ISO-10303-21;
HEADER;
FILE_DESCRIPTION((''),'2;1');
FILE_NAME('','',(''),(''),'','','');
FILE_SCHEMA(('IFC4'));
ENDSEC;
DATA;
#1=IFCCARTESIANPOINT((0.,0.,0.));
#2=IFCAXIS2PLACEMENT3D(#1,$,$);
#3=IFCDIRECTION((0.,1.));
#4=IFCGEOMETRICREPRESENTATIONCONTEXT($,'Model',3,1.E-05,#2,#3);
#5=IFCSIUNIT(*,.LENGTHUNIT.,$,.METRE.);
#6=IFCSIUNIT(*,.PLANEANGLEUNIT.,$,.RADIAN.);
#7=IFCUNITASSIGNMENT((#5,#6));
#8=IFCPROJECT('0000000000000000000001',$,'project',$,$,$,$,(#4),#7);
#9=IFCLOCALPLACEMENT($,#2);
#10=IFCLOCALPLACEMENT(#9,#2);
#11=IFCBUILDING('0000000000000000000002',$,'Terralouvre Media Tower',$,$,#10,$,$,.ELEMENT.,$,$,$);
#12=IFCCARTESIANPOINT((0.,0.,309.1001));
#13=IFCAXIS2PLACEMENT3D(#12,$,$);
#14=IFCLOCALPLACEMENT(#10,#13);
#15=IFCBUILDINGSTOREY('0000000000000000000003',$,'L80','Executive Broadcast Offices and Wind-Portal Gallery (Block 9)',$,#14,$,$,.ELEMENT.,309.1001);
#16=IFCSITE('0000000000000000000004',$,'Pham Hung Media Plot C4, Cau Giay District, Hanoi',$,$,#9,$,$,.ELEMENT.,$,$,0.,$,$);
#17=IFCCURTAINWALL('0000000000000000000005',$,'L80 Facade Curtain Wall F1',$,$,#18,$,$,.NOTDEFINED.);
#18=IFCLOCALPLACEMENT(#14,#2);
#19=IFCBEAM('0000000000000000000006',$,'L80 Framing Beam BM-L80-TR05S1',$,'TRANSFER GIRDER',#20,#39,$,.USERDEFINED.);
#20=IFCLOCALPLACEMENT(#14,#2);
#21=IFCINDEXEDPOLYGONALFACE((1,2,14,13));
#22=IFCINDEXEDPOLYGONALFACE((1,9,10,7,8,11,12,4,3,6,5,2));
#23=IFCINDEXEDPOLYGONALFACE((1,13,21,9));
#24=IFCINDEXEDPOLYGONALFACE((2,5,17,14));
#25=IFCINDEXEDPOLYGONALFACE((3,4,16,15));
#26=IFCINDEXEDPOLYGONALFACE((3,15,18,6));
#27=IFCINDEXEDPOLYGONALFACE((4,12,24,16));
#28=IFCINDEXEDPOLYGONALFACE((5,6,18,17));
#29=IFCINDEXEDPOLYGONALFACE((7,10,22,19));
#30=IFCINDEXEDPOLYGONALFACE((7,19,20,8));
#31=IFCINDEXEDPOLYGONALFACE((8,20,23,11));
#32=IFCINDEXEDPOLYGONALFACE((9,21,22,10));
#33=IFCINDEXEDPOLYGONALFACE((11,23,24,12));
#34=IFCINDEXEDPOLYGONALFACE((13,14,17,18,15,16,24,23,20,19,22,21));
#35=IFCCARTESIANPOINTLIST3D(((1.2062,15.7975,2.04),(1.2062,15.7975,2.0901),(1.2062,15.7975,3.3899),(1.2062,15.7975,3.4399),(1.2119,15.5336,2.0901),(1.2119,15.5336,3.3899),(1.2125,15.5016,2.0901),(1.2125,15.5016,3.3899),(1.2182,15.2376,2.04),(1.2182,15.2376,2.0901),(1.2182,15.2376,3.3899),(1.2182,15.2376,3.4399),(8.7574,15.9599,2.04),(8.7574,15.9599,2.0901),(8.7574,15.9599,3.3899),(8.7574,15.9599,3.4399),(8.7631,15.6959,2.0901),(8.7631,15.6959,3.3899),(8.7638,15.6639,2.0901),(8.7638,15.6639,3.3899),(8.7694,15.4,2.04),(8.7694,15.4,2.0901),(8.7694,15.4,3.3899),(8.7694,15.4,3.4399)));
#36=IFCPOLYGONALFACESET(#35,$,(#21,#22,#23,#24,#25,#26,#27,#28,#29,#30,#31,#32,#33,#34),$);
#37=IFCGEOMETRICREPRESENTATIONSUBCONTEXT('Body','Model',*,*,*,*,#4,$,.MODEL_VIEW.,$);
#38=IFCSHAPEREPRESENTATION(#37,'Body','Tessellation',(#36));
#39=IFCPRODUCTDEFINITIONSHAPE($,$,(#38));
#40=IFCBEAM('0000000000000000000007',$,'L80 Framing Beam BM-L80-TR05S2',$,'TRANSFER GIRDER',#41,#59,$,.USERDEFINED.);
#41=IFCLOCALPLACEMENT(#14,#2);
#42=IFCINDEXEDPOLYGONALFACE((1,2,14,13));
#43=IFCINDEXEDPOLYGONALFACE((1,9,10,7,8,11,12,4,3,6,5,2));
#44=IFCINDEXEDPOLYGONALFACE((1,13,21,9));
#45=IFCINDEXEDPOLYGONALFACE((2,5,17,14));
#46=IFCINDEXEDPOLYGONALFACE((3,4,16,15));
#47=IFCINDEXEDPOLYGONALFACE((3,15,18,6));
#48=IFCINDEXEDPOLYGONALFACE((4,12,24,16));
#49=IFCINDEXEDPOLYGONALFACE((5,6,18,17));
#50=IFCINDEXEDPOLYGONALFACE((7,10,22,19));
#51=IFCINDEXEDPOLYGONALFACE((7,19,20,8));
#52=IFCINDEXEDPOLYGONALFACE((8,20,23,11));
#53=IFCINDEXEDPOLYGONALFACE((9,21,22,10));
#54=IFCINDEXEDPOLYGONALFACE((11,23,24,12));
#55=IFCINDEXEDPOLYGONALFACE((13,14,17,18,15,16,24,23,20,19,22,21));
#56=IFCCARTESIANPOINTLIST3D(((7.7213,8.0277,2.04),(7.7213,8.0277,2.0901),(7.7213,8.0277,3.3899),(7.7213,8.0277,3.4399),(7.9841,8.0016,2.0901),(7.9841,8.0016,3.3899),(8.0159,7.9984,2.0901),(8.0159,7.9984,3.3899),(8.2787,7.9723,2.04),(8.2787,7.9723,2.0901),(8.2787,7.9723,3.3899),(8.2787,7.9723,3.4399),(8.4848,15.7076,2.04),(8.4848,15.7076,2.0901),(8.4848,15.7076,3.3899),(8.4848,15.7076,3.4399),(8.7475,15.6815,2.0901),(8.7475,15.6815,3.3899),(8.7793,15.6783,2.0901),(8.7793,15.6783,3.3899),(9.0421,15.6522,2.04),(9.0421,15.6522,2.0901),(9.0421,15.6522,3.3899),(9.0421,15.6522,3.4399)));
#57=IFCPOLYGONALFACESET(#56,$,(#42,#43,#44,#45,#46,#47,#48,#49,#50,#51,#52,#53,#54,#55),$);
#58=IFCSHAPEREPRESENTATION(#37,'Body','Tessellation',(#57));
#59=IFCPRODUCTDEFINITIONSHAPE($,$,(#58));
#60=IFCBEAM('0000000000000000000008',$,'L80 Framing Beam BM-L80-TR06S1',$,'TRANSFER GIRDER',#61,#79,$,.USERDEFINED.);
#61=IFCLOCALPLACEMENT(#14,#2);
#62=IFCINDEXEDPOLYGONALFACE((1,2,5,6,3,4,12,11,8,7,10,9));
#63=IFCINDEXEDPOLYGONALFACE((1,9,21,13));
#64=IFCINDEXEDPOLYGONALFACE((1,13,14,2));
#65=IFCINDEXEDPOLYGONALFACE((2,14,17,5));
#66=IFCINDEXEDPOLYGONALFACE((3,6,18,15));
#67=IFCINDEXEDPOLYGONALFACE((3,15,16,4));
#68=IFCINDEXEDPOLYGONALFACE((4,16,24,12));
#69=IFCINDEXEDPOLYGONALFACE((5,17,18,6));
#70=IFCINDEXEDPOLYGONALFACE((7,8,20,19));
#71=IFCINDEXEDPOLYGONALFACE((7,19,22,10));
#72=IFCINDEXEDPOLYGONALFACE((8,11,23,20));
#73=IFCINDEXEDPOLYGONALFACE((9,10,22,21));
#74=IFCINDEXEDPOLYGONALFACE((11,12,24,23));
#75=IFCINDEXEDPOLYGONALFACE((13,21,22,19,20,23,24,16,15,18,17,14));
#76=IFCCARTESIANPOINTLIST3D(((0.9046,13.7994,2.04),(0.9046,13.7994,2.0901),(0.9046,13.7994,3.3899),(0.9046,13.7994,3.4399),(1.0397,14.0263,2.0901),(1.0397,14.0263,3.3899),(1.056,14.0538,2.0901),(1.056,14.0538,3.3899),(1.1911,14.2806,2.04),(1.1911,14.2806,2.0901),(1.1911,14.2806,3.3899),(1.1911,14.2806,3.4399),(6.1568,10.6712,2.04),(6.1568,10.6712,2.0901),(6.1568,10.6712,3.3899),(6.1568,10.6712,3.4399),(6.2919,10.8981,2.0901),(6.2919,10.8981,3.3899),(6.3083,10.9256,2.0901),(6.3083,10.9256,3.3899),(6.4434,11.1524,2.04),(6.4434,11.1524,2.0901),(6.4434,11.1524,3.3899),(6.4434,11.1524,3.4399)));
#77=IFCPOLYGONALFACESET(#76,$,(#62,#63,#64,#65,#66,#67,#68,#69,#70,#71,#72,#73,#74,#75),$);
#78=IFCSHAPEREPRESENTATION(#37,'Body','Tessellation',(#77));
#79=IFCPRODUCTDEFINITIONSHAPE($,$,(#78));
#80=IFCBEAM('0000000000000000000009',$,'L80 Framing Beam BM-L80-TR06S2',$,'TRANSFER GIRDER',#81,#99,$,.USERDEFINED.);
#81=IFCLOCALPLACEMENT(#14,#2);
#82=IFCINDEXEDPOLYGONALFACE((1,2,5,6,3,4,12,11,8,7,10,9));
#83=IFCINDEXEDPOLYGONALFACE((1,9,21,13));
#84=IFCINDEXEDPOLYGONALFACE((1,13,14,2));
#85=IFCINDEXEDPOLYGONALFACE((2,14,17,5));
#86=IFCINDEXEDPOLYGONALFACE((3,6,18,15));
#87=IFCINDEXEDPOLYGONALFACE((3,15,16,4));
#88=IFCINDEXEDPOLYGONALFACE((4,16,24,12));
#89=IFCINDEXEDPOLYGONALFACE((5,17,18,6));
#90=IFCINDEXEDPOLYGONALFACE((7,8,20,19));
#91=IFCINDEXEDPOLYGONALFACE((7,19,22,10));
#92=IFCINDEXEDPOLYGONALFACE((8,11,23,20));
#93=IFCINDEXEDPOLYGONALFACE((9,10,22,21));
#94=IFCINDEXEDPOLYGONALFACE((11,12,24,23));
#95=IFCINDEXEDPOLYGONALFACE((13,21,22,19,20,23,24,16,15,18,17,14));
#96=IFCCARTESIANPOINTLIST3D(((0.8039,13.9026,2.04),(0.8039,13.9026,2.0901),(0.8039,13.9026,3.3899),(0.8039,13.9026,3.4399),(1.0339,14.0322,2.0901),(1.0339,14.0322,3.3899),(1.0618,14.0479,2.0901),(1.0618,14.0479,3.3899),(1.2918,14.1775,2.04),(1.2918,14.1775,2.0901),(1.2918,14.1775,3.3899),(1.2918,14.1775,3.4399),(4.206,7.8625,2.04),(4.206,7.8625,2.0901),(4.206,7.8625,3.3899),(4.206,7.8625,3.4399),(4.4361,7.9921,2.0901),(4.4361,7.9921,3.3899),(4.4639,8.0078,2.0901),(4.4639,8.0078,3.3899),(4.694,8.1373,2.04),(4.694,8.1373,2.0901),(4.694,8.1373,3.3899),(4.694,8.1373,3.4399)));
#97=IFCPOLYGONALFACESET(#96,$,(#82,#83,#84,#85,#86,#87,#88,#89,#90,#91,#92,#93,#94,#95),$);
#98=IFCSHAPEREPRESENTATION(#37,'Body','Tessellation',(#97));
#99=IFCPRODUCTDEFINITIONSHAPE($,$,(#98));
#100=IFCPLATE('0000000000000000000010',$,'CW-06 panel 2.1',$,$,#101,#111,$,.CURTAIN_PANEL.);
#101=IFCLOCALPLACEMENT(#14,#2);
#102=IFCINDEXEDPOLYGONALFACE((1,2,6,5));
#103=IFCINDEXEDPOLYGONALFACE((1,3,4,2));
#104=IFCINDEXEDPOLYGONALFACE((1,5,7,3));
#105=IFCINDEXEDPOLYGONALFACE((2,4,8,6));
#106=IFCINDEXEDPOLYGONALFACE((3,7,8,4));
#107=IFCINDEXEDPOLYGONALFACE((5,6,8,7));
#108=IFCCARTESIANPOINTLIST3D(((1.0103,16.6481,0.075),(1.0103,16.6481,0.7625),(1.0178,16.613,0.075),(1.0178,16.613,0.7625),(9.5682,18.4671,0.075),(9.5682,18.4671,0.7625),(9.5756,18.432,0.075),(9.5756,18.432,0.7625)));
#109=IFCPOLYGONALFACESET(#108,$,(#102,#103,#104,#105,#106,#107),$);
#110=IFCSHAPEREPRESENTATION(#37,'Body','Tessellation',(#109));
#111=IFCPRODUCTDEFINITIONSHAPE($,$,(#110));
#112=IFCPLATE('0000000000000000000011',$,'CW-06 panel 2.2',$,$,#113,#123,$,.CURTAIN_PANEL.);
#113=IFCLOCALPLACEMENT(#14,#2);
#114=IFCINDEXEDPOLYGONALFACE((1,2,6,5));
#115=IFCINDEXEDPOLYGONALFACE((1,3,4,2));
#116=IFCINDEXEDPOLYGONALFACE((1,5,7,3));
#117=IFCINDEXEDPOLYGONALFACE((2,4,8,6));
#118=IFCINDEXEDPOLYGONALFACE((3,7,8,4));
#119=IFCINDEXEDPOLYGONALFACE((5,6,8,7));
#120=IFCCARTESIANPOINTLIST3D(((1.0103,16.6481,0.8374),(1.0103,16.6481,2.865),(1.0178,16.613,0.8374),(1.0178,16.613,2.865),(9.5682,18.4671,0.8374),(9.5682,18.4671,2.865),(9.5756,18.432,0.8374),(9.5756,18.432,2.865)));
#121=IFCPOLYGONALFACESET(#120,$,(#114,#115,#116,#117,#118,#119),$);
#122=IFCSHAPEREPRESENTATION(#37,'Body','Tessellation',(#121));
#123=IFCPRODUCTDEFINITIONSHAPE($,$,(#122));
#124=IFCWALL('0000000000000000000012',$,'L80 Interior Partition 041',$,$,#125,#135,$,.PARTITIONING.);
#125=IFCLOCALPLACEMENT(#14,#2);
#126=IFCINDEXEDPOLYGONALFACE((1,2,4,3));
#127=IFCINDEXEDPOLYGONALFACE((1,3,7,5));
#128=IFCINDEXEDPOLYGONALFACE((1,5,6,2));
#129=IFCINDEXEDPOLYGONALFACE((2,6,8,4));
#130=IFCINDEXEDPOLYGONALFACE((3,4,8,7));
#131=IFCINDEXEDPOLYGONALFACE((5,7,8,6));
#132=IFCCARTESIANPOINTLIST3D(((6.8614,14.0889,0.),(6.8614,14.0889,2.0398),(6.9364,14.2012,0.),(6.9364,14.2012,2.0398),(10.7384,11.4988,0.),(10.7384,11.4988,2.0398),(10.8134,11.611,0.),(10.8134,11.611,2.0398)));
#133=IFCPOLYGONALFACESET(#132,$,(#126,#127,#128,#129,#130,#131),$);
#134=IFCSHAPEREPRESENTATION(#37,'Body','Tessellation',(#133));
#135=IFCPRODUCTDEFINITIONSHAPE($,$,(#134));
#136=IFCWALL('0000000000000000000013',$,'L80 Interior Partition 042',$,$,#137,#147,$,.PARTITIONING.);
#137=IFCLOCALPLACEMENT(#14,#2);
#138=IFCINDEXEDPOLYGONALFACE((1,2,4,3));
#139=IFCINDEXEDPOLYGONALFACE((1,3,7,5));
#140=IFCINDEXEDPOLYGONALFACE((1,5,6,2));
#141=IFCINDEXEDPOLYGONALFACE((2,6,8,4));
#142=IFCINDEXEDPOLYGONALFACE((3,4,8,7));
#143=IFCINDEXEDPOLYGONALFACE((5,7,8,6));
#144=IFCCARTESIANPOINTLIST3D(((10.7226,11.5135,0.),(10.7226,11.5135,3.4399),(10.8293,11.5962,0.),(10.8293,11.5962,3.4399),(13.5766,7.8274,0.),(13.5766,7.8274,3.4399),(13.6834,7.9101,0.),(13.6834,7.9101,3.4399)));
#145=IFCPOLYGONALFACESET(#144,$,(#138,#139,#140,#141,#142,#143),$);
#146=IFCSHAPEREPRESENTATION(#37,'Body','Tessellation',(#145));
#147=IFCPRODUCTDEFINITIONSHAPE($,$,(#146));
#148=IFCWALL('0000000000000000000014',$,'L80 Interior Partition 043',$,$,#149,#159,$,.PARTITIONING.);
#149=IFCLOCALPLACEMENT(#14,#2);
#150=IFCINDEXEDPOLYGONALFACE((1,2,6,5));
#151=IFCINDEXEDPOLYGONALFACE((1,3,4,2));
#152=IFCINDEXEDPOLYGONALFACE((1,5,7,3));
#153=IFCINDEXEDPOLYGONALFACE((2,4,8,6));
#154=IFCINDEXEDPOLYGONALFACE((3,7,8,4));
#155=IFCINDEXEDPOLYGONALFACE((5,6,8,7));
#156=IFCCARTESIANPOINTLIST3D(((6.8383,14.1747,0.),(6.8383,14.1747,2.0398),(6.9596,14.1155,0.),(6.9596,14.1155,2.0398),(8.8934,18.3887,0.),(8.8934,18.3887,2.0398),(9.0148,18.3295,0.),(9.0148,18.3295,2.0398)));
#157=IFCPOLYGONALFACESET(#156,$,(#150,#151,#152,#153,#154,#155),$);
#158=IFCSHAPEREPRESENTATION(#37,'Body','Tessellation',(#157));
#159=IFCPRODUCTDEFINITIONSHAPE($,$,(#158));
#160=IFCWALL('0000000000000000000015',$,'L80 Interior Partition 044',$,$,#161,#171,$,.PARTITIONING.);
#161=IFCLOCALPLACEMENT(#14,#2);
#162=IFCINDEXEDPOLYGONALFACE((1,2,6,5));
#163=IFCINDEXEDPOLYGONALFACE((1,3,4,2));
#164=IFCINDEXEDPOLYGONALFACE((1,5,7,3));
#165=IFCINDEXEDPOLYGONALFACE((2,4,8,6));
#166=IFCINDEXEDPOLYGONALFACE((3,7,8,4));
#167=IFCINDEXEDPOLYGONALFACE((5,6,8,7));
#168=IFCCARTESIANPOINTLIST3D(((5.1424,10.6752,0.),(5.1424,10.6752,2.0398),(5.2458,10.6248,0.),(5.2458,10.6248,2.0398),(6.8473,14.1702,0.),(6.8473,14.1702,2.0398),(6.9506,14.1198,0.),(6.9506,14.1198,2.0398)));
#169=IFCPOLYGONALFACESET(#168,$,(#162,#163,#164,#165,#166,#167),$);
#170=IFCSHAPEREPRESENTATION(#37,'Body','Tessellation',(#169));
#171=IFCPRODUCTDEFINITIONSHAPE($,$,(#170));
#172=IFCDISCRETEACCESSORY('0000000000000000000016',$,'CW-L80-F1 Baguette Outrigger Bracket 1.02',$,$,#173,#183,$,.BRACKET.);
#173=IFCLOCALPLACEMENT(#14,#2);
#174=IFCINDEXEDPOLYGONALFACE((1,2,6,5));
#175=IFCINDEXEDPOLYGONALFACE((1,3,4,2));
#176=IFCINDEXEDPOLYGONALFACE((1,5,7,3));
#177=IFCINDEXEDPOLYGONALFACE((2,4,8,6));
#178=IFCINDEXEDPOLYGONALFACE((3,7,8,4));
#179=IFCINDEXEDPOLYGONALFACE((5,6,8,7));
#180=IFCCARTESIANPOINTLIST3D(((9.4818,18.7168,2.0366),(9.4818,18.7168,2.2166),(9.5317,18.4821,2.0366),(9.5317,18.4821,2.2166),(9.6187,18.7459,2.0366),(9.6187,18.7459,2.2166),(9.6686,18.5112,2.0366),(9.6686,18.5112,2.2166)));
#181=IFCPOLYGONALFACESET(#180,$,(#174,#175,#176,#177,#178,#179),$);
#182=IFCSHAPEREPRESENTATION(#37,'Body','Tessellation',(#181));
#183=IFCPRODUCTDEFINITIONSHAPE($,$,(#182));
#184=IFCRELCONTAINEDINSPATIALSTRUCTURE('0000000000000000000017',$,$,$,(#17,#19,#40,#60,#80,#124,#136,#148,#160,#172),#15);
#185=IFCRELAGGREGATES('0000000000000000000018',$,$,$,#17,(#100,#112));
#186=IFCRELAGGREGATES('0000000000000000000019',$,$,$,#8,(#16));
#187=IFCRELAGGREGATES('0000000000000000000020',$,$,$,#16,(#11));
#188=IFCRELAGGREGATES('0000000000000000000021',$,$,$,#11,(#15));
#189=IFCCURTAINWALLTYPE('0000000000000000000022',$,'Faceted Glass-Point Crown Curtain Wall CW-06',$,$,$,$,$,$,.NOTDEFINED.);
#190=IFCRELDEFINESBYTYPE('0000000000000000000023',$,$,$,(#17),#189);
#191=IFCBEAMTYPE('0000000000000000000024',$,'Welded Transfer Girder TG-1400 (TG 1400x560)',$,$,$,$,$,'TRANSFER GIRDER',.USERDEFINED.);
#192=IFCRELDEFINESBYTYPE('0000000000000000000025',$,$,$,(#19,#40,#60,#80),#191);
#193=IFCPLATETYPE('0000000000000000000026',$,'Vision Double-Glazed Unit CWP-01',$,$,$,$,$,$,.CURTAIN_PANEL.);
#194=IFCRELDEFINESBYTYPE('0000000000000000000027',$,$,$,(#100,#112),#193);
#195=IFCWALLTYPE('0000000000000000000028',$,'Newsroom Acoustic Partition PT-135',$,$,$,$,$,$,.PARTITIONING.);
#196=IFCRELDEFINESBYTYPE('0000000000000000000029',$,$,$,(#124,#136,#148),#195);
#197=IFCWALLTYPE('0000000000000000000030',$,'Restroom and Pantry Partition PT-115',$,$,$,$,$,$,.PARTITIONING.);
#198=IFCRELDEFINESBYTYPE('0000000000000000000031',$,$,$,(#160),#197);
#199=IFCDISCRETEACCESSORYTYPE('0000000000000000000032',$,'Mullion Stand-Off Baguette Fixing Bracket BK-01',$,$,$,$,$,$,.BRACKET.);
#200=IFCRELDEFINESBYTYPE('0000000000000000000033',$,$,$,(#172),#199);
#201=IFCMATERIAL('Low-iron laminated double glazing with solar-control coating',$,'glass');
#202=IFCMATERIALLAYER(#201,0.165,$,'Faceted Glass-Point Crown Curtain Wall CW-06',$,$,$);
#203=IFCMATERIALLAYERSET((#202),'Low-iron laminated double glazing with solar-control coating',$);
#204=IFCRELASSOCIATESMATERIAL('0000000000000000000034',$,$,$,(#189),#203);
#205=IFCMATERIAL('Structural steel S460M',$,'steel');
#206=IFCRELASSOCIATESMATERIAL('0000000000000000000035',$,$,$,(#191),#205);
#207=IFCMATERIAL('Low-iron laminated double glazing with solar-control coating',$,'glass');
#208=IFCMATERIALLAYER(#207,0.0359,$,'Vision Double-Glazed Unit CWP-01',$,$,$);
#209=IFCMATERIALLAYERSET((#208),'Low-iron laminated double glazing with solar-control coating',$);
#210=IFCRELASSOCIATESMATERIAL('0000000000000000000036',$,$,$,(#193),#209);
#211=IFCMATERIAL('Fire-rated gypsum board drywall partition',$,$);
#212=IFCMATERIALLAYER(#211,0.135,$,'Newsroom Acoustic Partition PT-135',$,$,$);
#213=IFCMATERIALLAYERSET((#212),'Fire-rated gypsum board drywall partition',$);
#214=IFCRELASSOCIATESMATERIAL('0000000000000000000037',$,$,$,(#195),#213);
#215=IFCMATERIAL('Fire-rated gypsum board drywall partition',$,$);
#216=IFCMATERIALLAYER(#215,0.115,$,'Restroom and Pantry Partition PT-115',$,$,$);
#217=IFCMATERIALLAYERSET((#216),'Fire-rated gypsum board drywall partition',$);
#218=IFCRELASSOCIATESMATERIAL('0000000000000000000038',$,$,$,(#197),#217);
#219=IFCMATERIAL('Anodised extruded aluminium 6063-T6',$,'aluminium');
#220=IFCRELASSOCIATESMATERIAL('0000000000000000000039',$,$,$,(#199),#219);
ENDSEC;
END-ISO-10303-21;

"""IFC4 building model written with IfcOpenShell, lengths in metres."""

from ifc_helpers import new_model, si_unit, direction, frame, frame_2d, origin, origin_2d, place, context, subcontext, project, spatial, rectangle, i_section, extrude, material, layer, layer_set, material_profile, profile_set, type_object, element, aggregate, save


model = new_model("IFC4")

# Units and contexts
model_context = context("Model", 3, precision=1e-05, world=origin(), true_north=direction((0.0, 1.0)))
body_context = subcontext(model_context, "Body", "Model", "MODEL_VIEW")
ifc_project = project(units=[si_unit("LENGTHUNIT", "METRE"), si_unit("PLANEANGLEUNIT", "RADIAN")], contexts=[model_context])

# Site, building, storey
site_placement = place(None, origin())
site = spatial("IfcSite", under=ifc_project, at=site_placement, Name="Pham Hung Media Plot C4, Cau Giay District, Hanoi", CompositionType="ELEMENT", RefElevation=0.0)
building_placement = place(site_placement, origin())
building = spatial("IfcBuilding", under=site, at=building_placement, Name="Terralouvre Media Tower", CompositionType="ELEMENT")
storey_placement = place(building_placement, frame((0.0, 0.0, 309.1001)))
storey = spatial("IfcBuildingStorey", under=building, at=storey_placement, Name="L80", Description="Executive Broadcast Offices and Wind-Portal Gallery (Block 9)", CompositionType="ELEMENT", Elevation=309.1001)

# Curtain wall
ifc_material_1 = material(Name="Low-iron laminated double glazing with solar-control coating", Category="glass")
ifc_layer_1 = layer(ifc_material_1, 0.165, Name="Faceted Glass-Point Crown Curtain Wall CW-06")
ifc_layer_set_1 = layer_set([ifc_layer_1], Name="Low-iron laminated double glazing with solar-control coating")
curtain_wall_type = type_object("IfcCurtainWallType", Name="Faceted Glass-Point Crown Curtain Wall CW-06", PredefinedType="NOTDEFINED", material=ifc_layer_set_1)
curtain_wall_placement = place(storey_placement, origin())
curtain_wall = element("IfcCurtainWall", 1, at=curtain_wall_placement, inside=storey, type_object=curtain_wall_type, Name="L80 Facade Curtain Wall F1", PredefinedType="NOTDEFINED")

# Beams
ifc_material_2 = material(Name="Structural steel S460M", Category="steel")
ifc_material_profile_1 = material_profile(ifc_material_2, i_section(OverallWidth=0.5601, OverallDepth=1.3999, WebThickness=0.032, FlangeThickness=0.05, at=origin_2d()), Name="TG 1400x560")
ifc_profile_set_1 = profile_set([ifc_material_profile_1], Name="Structural steel S460M")
beam_type = type_object("IfcBeamType", Name="Welded Transfer Girder TG-1400 (TG 1400x560)", ElementType="TRANSFER GIRDER", PredefinedType="USERDEFINED", material=ifc_profile_set_1)
beam_1_placement = place(storey_placement, frame((8.7634, 15.6799, 2.74), z_axis=(-0.999769, -0.021495, 0.0), x_axis=(0.021495, -0.999769, 0.0)))
element("IfcBeam", 2, at=beam_1_placement, inside=storey, type_object=beam_type, Name="L80 Framing Beam BM-L80-TR05S1", ObjectType="TRANSFER GIRDER", PredefinedType="USERDEFINED", context=body_context, shape_type="SweptSolid", body=[
    extrude(i_section(OverallWidth=0.5601, OverallDepth=1.3999, WebThickness=0.032, FlangeThickness=0.05, at=origin_2d()), origin(), (0.0, 0.0, 1.0), 7.553),
])
beam_2_placement = place(storey_placement, frame((8.7634, 15.6799, 2.74), z_axis=(-0.098918, -0.995096, 0.0), x_axis=(0.995096, -0.098918, 0.0)))
element("IfcBeam", 3, at=beam_2_placement, inside=storey, type_object=beam_type, Name="L80 Framing Beam BM-L80-TR05S2", ObjectType="TRANSFER GIRDER", PredefinedType="USERDEFINED", context=body_context, shape_type="SweptSolid", body=[
    extrude(i_section(OverallWidth=0.5601, OverallDepth=1.3999, WebThickness=0.032, FlangeThickness=0.05, at=origin_2d()), origin(), (0.0, 0.0, 1.0), 7.7178),
])
beam_3_placement = place(storey_placement, frame((1.0479, 14.04, 2.74), z_axis=(0.859159, -0.511709, 0.0), x_axis=(0.511709, 0.859159, 0.0)))
element("IfcBeam", 4, at=beam_3_placement, inside=storey, type_object=beam_type, Name="L80 Framing Beam BM-L80-TR06S1", ObjectType="TRANSFER GIRDER", PredefinedType="USERDEFINED", context=body_context, shape_type="SweptSolid", body=[
    extrude(i_section(OverallWidth=0.5601, OverallDepth=1.3999, WebThickness=0.032, FlangeThickness=0.05, at=origin_2d()), origin(), (0.0, 0.0, 1.0), 6.1133),
])
beam_4_placement = place(storey_placement, frame((1.0479, 14.04, 2.74), z_axis=(0.490763, -0.871293, 0.0), x_axis=(0.871293, 0.490763, 0.0)))
element("IfcBeam", 5, at=beam_4_placement, inside=storey, type_object=beam_type, Name="L80 Framing Beam BM-L80-TR06S2", ObjectType="TRANSFER GIRDER", PredefinedType="USERDEFINED", context=body_context, shape_type="SweptSolid", body=[
    extrude(i_section(OverallWidth=0.5601, OverallDepth=1.3999, WebThickness=0.032, FlangeThickness=0.05, at=origin_2d()), origin(), (0.0, 0.0, 1.0), 6.9324),
])

# Plates
ifc_material_3 = material(Name="Low-iron laminated double glazing with solar-control coating", Category="glass")
ifc_layer_2 = layer(ifc_material_3, 0.0359, Name="Vision Double-Glazed Unit CWP-01")
ifc_layer_set_2 = layer_set([ifc_layer_2], Name="Low-iron laminated double glazing with solar-control coating")
plate_type = type_object("IfcPlateType", Name="Vision Double-Glazed Unit CWP-01", PredefinedType="CURTAIN_PANEL", material=ifc_layer_set_2)
plate_1_placement = place(storey_placement, frame((5.293, 17.54, 0.075), z_axis=(0.0, 0.0, 1.0), x_axis=(-0.978148, -0.207912, 0.0)))
plate_1 = element("IfcPlate", 6, at=plate_1_placement, type_object=plate_type, Name="CW-06 panel 2.1", PredefinedType="CURTAIN_PANEL", context=body_context, shape_type="SweptSolid", body=[
    extrude(rectangle(XDim=8.749, YDim=0.0359, at=origin_2d()), origin(), (0.0, 0.0, 1.0), 0.6875),
])
plate_2_placement = place(storey_placement, frame((5.293, 17.54, 0.8374), z_axis=(0.0, 0.0, 1.0), x_axis=(-0.978148, -0.207912, 0.0)))
plate_2 = element("IfcPlate", 7, at=plate_2_placement, type_object=plate_type, Name="CW-06 panel 2.2", PredefinedType="CURTAIN_PANEL", context=body_context, shape_type="SweptSolid", body=[
    extrude(rectangle(XDim=8.749, YDim=0.0359, at=origin_2d()), origin(), (0.0, 0.0, 1.0), 2.0276),
])
aggregate(curtain_wall, [plate_1, plate_2])

# Walls
ifc_material_4 = material(Name="Fire-rated gypsum board drywall partition")
ifc_layer_3 = layer(ifc_material_4, 0.135, Name="Newsroom Acoustic Partition PT-135")
ifc_layer_set_3 = layer_set([ifc_layer_3], Name="Fire-rated gypsum board drywall partition")
wall_type_1 = type_object("IfcWallType", Name="Newsroom Acoustic Partition PT-135", PredefinedType="PARTITIONING", material=ifc_layer_set_3)
wall_1_placement = place(storey_placement, frame((6.8989, 14.145, 0.0), z_axis=(0.0, 0.0, 1.0), x_axis=(0.83151, -0.55551, 0.0)))
element("IfcWall", 8, at=wall_1_placement, inside=storey, type_object=wall_type_1, Name="L80 Interior Partition 041", PredefinedType="PARTITIONING", context=body_context, shape_type="SweptSolid", body=[
    extrude(rectangle(XDim=4.6626, YDim=0.135, at=frame_2d((2.3313, 0.0))), origin(), (0.0, 0.0, 1.0), 2.0398),
])
wall_2_placement = place(storey_placement, frame((10.7759, 11.5549, 0.0), z_axis=(0.0, 0.0, 1.0), x_axis=(0.612213, -0.790693, 0.0)))
element("IfcWall", 9, at=wall_2_placement, inside=storey, type_object=wall_type_1, Name="L80 Interior Partition 042", PredefinedType="PARTITIONING", context=body_context, shape_type="SweptSolid", body=[
    extrude(rectangle(XDim=4.6619, YDim=0.135, at=frame_2d((2.3311, 0.0))), origin(), (0.0, 0.0, 1.0), 3.4399),
])
wall_3_placement = place(storey_placement, frame((8.9541, 18.3591, 0.0), z_axis=(0.0, 0.0, 1.0), x_axis=(-0.43834, -0.898809, 0.0)))
element("IfcWall", 10, at=wall_3_placement, inside=storey, type_object=wall_type_1, Name="L80 Interior Partition 043", PredefinedType="PARTITIONING", context=body_context, shape_type="SweptSolid", body=[
    extrude(rectangle(XDim=4.6885, YDim=0.135, at=frame_2d((2.3442, 0.0))), origin(), (0.0, 0.0, 1.0), 2.0398),
])
ifc_material_5 = material(Name="Fire-rated gypsum board drywall partition")
ifc_layer_4 = layer(ifc_material_5, 0.115, Name="Restroom and Pantry Partition PT-115")
ifc_layer_set_4 = layer_set([ifc_layer_4], Name="Fire-rated gypsum board drywall partition")
wall_type_2 = type_object("IfcWallType", Name="Restroom and Pantry Partition PT-115", PredefinedType="PARTITIONING", material=ifc_layer_set_4)
wall_4_placement = place(storey_placement, frame((6.8989, 14.145, 0.0), z_axis=(0.0, 0.0, 1.0), x_axis=(-0.438403, -0.898779, 0.0)))
element("IfcWall", 11, at=wall_4_placement, inside=storey, type_object=wall_type_2, Name="L80 Interior Partition 044", PredefinedType="PARTITIONING", context=body_context, shape_type="SweptSolid", body=[
    extrude(rectangle(XDim=3.8887, YDim=0.115, at=frame_2d((1.9443, 0.0))), origin(), (0.0, 0.0, 1.0), 2.0398),
])

# Discrete accessory
ifc_material_6 = material(Name="Anodised extruded aluminium 6063-T6", Category="aluminium")
discrete_accessory_type = type_object("IfcDiscreteAccessoryType", Name="Mullion Stand-Off Baguette Fixing Bracket BK-01", PredefinedType="BRACKET", material=ifc_material_6)
for number, where, z_axis, x_axis, name in (
    (12, (9.5752, 18.614, 2.0366), (0.0, 0.0, 1.0), (-0.978148, -0.207912, 0.0), "CW-L80-F1 Baguette Outrigger Bracket 1.02"),
):
    element("IfcDiscreteAccessory", number, at=place(storey_placement, frame(where, z_axis=z_axis, x_axis=x_axis)), inside=storey, type_object=discrete_accessory_type, Name=name, PredefinedType="BRACKET", context=body_context, shape_type="SweptSolid", body=[
        extrude(rectangle(XDim=0.1399, YDim=0.24, at=origin_2d()), origin(), (0.0, 0.0, 1.0), 0.1799),
    ])

save(model, "model.ifc")
